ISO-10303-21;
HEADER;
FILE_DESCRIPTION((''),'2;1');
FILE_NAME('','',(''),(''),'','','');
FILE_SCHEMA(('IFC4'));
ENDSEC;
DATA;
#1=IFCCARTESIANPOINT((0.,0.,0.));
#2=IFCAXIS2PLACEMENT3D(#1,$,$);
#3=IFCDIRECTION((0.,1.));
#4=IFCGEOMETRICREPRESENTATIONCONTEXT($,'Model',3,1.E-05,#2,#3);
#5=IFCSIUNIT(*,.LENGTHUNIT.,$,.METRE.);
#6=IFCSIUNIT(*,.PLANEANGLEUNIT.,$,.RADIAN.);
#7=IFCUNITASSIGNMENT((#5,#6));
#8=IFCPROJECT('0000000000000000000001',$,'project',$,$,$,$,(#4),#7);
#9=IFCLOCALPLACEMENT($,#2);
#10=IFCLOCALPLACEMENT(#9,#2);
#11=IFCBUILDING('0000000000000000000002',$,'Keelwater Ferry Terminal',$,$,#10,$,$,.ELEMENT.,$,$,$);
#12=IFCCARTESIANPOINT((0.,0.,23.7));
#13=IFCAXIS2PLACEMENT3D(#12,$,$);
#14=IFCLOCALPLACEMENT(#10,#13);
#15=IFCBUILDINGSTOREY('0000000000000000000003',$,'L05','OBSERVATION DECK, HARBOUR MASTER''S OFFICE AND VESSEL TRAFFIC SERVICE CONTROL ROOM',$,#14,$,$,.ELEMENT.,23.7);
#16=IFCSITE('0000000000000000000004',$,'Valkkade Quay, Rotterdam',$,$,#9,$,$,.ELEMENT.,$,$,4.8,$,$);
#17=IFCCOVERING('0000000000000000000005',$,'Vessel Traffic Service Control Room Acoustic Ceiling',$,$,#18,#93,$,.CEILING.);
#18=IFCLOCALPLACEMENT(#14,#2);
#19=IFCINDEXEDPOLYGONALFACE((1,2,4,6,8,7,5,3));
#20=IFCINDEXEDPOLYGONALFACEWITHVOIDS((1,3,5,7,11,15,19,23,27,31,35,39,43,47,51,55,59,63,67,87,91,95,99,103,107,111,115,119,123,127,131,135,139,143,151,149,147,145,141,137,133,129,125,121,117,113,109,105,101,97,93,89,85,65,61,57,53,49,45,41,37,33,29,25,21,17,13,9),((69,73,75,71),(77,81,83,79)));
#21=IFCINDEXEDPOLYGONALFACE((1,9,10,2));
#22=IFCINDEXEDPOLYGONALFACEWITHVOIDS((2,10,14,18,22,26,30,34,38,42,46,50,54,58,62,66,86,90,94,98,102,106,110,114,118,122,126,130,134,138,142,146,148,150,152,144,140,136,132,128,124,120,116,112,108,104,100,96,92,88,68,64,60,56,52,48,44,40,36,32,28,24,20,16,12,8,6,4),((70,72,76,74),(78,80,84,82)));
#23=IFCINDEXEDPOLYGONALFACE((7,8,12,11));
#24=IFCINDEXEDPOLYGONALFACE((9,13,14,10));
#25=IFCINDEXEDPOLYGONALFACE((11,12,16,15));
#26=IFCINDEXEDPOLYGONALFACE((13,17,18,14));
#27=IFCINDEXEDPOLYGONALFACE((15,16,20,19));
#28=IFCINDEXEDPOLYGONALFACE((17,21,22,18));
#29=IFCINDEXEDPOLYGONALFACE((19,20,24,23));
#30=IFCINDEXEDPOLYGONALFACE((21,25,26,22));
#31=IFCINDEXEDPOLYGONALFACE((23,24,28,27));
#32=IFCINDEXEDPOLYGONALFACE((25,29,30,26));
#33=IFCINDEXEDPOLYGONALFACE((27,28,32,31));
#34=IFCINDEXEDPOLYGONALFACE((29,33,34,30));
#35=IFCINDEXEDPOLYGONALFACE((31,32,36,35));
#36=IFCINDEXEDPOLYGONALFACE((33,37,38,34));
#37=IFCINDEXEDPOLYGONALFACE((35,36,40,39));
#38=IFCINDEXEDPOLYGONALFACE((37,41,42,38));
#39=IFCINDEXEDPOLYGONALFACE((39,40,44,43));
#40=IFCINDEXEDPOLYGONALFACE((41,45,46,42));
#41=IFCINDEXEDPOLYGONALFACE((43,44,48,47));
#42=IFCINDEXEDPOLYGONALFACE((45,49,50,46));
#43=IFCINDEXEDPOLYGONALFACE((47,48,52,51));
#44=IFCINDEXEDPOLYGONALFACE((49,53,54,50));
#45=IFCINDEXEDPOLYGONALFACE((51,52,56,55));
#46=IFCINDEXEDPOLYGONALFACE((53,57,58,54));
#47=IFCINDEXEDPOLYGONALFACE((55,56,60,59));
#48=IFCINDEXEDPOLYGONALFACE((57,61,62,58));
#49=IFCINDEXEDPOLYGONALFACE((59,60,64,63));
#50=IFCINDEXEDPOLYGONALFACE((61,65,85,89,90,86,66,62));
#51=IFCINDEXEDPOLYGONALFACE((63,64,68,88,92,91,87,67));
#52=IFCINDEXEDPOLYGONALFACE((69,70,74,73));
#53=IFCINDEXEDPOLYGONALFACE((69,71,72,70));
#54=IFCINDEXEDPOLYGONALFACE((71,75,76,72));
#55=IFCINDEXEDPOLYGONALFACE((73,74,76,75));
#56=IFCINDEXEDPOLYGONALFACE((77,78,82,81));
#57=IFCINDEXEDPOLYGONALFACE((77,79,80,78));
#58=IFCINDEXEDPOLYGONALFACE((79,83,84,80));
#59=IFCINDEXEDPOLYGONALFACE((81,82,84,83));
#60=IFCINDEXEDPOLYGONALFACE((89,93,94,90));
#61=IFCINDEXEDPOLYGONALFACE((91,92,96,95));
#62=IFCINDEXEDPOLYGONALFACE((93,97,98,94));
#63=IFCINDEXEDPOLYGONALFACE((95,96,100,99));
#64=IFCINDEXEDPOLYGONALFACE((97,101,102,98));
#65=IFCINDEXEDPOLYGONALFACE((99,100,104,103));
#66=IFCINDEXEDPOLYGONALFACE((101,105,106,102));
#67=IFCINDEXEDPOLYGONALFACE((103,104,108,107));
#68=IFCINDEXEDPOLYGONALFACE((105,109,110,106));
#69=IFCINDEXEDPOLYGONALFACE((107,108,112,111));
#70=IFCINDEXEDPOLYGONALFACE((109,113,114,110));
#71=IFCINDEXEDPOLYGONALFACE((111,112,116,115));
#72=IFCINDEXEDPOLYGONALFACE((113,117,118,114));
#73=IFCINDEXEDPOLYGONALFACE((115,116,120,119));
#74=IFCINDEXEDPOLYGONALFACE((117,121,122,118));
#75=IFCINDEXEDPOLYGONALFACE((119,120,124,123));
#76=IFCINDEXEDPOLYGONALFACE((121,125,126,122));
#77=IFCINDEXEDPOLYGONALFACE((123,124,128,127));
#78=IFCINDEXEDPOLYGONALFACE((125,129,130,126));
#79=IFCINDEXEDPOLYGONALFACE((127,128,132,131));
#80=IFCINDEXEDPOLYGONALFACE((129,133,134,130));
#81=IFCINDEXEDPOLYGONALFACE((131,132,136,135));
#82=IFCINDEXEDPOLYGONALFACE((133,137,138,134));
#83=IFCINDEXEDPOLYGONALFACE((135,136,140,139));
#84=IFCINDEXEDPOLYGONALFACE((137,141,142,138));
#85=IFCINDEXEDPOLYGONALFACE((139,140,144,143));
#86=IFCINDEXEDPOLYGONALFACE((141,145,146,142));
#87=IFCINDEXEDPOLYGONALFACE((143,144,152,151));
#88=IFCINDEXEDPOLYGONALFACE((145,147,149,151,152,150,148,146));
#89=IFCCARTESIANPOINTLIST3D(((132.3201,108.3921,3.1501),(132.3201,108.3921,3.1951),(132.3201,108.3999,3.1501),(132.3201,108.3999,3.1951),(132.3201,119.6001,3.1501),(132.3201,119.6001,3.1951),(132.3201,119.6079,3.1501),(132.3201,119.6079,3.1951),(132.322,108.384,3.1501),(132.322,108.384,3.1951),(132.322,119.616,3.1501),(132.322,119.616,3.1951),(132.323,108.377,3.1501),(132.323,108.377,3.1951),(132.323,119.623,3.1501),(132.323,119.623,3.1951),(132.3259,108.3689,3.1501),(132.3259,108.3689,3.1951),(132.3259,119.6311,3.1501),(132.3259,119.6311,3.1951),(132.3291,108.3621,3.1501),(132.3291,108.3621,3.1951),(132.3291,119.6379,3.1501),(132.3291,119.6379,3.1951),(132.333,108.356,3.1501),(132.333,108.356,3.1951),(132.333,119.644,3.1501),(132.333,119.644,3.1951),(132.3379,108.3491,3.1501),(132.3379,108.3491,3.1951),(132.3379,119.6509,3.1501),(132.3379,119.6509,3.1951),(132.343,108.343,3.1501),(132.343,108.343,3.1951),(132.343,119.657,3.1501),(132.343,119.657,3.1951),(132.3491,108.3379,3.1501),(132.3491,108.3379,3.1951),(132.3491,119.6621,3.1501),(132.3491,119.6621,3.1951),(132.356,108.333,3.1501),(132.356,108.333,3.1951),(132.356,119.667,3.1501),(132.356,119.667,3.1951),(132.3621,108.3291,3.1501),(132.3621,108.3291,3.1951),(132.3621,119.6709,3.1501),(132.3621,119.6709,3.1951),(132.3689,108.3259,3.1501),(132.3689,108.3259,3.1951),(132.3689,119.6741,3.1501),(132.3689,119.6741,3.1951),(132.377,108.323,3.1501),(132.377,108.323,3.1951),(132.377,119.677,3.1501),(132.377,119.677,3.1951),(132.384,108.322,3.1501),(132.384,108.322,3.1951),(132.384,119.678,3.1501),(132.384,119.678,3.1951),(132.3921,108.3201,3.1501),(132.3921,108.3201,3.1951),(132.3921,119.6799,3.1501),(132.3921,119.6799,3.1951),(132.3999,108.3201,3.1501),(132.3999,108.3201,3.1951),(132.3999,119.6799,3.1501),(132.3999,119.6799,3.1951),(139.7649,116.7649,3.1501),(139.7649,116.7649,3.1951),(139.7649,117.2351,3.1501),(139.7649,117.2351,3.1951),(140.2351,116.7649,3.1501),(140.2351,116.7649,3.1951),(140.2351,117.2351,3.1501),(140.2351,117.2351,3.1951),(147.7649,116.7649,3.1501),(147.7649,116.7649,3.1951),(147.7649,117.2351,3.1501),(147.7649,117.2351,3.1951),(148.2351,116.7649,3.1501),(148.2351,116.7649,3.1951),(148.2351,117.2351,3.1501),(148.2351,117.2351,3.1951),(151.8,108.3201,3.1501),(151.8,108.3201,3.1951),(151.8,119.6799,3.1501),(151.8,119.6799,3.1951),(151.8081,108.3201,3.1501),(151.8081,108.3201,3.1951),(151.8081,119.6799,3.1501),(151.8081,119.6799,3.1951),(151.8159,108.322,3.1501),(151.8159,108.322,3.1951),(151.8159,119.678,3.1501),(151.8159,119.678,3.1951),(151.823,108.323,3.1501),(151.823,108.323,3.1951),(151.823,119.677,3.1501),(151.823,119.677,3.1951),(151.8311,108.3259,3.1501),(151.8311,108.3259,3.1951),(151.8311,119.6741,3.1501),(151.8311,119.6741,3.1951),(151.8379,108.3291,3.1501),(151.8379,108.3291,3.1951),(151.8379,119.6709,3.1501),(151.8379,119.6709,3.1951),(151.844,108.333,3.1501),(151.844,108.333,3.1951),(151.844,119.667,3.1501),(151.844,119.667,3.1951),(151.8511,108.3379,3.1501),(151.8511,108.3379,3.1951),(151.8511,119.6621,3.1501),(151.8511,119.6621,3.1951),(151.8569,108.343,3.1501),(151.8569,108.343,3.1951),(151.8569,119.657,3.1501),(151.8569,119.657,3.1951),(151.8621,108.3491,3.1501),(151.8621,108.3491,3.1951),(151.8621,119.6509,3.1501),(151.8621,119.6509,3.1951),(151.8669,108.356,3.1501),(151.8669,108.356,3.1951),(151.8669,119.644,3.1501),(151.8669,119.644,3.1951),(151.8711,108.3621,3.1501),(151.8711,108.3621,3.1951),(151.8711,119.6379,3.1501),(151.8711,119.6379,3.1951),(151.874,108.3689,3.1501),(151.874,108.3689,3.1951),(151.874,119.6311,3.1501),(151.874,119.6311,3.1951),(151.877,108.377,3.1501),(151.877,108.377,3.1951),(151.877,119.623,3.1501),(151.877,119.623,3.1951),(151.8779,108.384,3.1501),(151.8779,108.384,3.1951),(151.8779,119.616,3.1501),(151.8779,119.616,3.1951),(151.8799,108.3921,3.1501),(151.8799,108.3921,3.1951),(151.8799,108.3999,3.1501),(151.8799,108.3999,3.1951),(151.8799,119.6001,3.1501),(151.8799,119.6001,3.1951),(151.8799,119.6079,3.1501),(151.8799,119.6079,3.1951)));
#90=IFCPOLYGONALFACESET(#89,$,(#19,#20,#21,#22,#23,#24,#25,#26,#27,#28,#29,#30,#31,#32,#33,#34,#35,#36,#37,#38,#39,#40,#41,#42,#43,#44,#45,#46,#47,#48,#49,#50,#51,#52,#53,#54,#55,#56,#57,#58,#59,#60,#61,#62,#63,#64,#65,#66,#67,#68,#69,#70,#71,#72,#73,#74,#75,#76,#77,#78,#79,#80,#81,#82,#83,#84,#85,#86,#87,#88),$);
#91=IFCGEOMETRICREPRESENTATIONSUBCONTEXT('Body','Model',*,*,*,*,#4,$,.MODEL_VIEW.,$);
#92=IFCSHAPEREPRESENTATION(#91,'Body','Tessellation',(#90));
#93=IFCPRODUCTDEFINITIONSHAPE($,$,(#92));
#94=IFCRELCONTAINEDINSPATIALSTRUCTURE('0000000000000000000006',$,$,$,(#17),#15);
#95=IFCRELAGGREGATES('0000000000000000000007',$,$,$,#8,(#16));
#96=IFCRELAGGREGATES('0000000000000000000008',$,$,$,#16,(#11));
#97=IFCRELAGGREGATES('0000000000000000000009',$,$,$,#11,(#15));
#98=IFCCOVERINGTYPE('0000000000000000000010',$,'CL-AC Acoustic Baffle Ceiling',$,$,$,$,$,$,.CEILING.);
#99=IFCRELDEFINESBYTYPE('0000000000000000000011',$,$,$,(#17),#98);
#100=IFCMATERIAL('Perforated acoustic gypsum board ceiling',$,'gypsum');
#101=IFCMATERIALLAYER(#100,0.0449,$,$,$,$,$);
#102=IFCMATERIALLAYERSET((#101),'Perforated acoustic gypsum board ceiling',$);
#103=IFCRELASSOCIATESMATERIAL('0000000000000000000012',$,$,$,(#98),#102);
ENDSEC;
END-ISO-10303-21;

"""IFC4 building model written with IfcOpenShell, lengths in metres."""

from ifc_helpers import new_model, si_unit, direction, frame, origin, place, context, subcontext, project, spatial, polyline, outline, extrude, material, layer, layer_set, type_object, element, save


model = new_model("IFC4")

# Units and contexts
model_context = context("Model", 3, precision=1e-05, world=origin(), true_north=direction((0.0, 1.0)))
body_context = subcontext(model_context, "Body", "Model", "MODEL_VIEW")
ifc_project = project(units=[si_unit("LENGTHUNIT", "METRE"), si_unit("PLANEANGLEUNIT", "RADIAN")], contexts=[model_context])

# Site, building, storey
site_placement = place(None, origin())
site = spatial("IfcSite", under=ifc_project, at=site_placement, Name="Valkkade Quay, Rotterdam", CompositionType="ELEMENT", RefElevation=4.8)
building_placement = place(site_placement, origin())
building = spatial("IfcBuilding", under=site, at=building_placement, Name="Keelwater Ferry Terminal", CompositionType="ELEMENT")
storey_placement = place(building_placement, frame((0.0, 0.0, 23.7)))
storey = spatial("IfcBuildingStorey", under=building, at=storey_placement, Name="L05", Description="OBSERVATION DECK, HARBOUR MASTER'S OFFICE AND VESSEL TRAFFIC SERVICE CONTROL ROOM", CompositionType="ELEMENT", Elevation=23.7)

# Covering
ifc_material_1 = material(Name="Perforated acoustic gypsum board ceiling", Category="gypsum")
ifc_layer_1 = layer(ifc_material_1, 0.0449)
ifc_layer_set_1 = layer_set([ifc_layer_1], Name="Perforated acoustic gypsum board ceiling")
covering_type_1 = type_object("IfcCoveringType", Name="CL-AC Acoustic Baffle Ceiling", PredefinedType="CEILING", material=ifc_layer_set_1)
covering_1_placement = place(storey_placement, frame((0.0, 0.0, 3.1501)))
element("IfcCovering", 1, at=covering_1_placement, inside=storey, type_object=covering_type_1, Name="Vessel Traffic Service Control Room Acoustic Ceiling", PredefinedType="CEILING", context=body_context, shape_type="SweptSolid", body=[
    extrude(outline(polyline([(151.8159, 119.678), (151.823, 119.677), (151.8311, 119.6741), (151.8379, 119.6709), (151.844, 119.667), (151.8511, 119.6621), (151.8569, 119.657), (151.8621, 119.6509), (151.8669, 119.644), (151.8711, 119.6379), (151.874, 119.6311), (151.877, 119.623), (151.8779, 119.616), (151.8799, 119.6079), (151.8799, 119.6001), (151.8799, 108.3999), (151.8799, 108.3921), (151.8779, 108.384), (151.877, 108.377), (151.874, 108.3689), (151.8711, 108.3621), (151.8669, 108.356), (151.8621, 108.3491), (151.8569, 108.343), (151.8511, 108.3379), (151.844, 108.333), (151.8379, 108.3291), (151.8311, 108.3259), (151.823, 108.323), (151.8159, 108.322), (151.8081, 108.3201), (151.8, 108.3201), (132.3999, 108.3201), (132.3921, 108.3201), (132.384, 108.322), (132.377, 108.323), (132.3689, 108.3259), (132.3621, 108.3291), (132.356, 108.333), (132.3491, 108.3379), (132.343, 108.343), (132.3379, 108.3491), (132.333, 108.356), (132.3291, 108.3621), (132.3259, 108.3689), (132.323, 108.377), (132.322, 108.384), (132.3201, 108.3921), (132.3201, 108.3999), (132.3201, 119.6001), (132.3201, 119.6079), (132.322, 119.616), (132.323, 119.623), (132.3259, 119.6311), (132.3291, 119.6379), (132.333, 119.644), (132.3379, 119.6509), (132.343, 119.657), (132.3491, 119.6621), (132.356, 119.667), (132.3621, 119.6709), (132.3689, 119.6741), (132.377, 119.677), (132.384, 119.678), (132.3921, 119.6799), (132.3999, 119.6799), (151.8, 119.6799), (151.8081, 119.6799), (151.8159, 119.678)]), holes=[polyline([(140.2351, 116.7649), (140.2351, 117.2351), (139.7649, 117.2351), (139.7649, 116.7649), (140.2351, 116.7649)]), polyline([(148.2351, 116.7649), (148.2351, 117.2351), (147.7649, 117.2351), (147.7649, 116.7649), (148.2351, 116.7649)])]), origin(), (0.0, 0.0, 1.0), 0.0449),
])

save(model, "model.ifc")
